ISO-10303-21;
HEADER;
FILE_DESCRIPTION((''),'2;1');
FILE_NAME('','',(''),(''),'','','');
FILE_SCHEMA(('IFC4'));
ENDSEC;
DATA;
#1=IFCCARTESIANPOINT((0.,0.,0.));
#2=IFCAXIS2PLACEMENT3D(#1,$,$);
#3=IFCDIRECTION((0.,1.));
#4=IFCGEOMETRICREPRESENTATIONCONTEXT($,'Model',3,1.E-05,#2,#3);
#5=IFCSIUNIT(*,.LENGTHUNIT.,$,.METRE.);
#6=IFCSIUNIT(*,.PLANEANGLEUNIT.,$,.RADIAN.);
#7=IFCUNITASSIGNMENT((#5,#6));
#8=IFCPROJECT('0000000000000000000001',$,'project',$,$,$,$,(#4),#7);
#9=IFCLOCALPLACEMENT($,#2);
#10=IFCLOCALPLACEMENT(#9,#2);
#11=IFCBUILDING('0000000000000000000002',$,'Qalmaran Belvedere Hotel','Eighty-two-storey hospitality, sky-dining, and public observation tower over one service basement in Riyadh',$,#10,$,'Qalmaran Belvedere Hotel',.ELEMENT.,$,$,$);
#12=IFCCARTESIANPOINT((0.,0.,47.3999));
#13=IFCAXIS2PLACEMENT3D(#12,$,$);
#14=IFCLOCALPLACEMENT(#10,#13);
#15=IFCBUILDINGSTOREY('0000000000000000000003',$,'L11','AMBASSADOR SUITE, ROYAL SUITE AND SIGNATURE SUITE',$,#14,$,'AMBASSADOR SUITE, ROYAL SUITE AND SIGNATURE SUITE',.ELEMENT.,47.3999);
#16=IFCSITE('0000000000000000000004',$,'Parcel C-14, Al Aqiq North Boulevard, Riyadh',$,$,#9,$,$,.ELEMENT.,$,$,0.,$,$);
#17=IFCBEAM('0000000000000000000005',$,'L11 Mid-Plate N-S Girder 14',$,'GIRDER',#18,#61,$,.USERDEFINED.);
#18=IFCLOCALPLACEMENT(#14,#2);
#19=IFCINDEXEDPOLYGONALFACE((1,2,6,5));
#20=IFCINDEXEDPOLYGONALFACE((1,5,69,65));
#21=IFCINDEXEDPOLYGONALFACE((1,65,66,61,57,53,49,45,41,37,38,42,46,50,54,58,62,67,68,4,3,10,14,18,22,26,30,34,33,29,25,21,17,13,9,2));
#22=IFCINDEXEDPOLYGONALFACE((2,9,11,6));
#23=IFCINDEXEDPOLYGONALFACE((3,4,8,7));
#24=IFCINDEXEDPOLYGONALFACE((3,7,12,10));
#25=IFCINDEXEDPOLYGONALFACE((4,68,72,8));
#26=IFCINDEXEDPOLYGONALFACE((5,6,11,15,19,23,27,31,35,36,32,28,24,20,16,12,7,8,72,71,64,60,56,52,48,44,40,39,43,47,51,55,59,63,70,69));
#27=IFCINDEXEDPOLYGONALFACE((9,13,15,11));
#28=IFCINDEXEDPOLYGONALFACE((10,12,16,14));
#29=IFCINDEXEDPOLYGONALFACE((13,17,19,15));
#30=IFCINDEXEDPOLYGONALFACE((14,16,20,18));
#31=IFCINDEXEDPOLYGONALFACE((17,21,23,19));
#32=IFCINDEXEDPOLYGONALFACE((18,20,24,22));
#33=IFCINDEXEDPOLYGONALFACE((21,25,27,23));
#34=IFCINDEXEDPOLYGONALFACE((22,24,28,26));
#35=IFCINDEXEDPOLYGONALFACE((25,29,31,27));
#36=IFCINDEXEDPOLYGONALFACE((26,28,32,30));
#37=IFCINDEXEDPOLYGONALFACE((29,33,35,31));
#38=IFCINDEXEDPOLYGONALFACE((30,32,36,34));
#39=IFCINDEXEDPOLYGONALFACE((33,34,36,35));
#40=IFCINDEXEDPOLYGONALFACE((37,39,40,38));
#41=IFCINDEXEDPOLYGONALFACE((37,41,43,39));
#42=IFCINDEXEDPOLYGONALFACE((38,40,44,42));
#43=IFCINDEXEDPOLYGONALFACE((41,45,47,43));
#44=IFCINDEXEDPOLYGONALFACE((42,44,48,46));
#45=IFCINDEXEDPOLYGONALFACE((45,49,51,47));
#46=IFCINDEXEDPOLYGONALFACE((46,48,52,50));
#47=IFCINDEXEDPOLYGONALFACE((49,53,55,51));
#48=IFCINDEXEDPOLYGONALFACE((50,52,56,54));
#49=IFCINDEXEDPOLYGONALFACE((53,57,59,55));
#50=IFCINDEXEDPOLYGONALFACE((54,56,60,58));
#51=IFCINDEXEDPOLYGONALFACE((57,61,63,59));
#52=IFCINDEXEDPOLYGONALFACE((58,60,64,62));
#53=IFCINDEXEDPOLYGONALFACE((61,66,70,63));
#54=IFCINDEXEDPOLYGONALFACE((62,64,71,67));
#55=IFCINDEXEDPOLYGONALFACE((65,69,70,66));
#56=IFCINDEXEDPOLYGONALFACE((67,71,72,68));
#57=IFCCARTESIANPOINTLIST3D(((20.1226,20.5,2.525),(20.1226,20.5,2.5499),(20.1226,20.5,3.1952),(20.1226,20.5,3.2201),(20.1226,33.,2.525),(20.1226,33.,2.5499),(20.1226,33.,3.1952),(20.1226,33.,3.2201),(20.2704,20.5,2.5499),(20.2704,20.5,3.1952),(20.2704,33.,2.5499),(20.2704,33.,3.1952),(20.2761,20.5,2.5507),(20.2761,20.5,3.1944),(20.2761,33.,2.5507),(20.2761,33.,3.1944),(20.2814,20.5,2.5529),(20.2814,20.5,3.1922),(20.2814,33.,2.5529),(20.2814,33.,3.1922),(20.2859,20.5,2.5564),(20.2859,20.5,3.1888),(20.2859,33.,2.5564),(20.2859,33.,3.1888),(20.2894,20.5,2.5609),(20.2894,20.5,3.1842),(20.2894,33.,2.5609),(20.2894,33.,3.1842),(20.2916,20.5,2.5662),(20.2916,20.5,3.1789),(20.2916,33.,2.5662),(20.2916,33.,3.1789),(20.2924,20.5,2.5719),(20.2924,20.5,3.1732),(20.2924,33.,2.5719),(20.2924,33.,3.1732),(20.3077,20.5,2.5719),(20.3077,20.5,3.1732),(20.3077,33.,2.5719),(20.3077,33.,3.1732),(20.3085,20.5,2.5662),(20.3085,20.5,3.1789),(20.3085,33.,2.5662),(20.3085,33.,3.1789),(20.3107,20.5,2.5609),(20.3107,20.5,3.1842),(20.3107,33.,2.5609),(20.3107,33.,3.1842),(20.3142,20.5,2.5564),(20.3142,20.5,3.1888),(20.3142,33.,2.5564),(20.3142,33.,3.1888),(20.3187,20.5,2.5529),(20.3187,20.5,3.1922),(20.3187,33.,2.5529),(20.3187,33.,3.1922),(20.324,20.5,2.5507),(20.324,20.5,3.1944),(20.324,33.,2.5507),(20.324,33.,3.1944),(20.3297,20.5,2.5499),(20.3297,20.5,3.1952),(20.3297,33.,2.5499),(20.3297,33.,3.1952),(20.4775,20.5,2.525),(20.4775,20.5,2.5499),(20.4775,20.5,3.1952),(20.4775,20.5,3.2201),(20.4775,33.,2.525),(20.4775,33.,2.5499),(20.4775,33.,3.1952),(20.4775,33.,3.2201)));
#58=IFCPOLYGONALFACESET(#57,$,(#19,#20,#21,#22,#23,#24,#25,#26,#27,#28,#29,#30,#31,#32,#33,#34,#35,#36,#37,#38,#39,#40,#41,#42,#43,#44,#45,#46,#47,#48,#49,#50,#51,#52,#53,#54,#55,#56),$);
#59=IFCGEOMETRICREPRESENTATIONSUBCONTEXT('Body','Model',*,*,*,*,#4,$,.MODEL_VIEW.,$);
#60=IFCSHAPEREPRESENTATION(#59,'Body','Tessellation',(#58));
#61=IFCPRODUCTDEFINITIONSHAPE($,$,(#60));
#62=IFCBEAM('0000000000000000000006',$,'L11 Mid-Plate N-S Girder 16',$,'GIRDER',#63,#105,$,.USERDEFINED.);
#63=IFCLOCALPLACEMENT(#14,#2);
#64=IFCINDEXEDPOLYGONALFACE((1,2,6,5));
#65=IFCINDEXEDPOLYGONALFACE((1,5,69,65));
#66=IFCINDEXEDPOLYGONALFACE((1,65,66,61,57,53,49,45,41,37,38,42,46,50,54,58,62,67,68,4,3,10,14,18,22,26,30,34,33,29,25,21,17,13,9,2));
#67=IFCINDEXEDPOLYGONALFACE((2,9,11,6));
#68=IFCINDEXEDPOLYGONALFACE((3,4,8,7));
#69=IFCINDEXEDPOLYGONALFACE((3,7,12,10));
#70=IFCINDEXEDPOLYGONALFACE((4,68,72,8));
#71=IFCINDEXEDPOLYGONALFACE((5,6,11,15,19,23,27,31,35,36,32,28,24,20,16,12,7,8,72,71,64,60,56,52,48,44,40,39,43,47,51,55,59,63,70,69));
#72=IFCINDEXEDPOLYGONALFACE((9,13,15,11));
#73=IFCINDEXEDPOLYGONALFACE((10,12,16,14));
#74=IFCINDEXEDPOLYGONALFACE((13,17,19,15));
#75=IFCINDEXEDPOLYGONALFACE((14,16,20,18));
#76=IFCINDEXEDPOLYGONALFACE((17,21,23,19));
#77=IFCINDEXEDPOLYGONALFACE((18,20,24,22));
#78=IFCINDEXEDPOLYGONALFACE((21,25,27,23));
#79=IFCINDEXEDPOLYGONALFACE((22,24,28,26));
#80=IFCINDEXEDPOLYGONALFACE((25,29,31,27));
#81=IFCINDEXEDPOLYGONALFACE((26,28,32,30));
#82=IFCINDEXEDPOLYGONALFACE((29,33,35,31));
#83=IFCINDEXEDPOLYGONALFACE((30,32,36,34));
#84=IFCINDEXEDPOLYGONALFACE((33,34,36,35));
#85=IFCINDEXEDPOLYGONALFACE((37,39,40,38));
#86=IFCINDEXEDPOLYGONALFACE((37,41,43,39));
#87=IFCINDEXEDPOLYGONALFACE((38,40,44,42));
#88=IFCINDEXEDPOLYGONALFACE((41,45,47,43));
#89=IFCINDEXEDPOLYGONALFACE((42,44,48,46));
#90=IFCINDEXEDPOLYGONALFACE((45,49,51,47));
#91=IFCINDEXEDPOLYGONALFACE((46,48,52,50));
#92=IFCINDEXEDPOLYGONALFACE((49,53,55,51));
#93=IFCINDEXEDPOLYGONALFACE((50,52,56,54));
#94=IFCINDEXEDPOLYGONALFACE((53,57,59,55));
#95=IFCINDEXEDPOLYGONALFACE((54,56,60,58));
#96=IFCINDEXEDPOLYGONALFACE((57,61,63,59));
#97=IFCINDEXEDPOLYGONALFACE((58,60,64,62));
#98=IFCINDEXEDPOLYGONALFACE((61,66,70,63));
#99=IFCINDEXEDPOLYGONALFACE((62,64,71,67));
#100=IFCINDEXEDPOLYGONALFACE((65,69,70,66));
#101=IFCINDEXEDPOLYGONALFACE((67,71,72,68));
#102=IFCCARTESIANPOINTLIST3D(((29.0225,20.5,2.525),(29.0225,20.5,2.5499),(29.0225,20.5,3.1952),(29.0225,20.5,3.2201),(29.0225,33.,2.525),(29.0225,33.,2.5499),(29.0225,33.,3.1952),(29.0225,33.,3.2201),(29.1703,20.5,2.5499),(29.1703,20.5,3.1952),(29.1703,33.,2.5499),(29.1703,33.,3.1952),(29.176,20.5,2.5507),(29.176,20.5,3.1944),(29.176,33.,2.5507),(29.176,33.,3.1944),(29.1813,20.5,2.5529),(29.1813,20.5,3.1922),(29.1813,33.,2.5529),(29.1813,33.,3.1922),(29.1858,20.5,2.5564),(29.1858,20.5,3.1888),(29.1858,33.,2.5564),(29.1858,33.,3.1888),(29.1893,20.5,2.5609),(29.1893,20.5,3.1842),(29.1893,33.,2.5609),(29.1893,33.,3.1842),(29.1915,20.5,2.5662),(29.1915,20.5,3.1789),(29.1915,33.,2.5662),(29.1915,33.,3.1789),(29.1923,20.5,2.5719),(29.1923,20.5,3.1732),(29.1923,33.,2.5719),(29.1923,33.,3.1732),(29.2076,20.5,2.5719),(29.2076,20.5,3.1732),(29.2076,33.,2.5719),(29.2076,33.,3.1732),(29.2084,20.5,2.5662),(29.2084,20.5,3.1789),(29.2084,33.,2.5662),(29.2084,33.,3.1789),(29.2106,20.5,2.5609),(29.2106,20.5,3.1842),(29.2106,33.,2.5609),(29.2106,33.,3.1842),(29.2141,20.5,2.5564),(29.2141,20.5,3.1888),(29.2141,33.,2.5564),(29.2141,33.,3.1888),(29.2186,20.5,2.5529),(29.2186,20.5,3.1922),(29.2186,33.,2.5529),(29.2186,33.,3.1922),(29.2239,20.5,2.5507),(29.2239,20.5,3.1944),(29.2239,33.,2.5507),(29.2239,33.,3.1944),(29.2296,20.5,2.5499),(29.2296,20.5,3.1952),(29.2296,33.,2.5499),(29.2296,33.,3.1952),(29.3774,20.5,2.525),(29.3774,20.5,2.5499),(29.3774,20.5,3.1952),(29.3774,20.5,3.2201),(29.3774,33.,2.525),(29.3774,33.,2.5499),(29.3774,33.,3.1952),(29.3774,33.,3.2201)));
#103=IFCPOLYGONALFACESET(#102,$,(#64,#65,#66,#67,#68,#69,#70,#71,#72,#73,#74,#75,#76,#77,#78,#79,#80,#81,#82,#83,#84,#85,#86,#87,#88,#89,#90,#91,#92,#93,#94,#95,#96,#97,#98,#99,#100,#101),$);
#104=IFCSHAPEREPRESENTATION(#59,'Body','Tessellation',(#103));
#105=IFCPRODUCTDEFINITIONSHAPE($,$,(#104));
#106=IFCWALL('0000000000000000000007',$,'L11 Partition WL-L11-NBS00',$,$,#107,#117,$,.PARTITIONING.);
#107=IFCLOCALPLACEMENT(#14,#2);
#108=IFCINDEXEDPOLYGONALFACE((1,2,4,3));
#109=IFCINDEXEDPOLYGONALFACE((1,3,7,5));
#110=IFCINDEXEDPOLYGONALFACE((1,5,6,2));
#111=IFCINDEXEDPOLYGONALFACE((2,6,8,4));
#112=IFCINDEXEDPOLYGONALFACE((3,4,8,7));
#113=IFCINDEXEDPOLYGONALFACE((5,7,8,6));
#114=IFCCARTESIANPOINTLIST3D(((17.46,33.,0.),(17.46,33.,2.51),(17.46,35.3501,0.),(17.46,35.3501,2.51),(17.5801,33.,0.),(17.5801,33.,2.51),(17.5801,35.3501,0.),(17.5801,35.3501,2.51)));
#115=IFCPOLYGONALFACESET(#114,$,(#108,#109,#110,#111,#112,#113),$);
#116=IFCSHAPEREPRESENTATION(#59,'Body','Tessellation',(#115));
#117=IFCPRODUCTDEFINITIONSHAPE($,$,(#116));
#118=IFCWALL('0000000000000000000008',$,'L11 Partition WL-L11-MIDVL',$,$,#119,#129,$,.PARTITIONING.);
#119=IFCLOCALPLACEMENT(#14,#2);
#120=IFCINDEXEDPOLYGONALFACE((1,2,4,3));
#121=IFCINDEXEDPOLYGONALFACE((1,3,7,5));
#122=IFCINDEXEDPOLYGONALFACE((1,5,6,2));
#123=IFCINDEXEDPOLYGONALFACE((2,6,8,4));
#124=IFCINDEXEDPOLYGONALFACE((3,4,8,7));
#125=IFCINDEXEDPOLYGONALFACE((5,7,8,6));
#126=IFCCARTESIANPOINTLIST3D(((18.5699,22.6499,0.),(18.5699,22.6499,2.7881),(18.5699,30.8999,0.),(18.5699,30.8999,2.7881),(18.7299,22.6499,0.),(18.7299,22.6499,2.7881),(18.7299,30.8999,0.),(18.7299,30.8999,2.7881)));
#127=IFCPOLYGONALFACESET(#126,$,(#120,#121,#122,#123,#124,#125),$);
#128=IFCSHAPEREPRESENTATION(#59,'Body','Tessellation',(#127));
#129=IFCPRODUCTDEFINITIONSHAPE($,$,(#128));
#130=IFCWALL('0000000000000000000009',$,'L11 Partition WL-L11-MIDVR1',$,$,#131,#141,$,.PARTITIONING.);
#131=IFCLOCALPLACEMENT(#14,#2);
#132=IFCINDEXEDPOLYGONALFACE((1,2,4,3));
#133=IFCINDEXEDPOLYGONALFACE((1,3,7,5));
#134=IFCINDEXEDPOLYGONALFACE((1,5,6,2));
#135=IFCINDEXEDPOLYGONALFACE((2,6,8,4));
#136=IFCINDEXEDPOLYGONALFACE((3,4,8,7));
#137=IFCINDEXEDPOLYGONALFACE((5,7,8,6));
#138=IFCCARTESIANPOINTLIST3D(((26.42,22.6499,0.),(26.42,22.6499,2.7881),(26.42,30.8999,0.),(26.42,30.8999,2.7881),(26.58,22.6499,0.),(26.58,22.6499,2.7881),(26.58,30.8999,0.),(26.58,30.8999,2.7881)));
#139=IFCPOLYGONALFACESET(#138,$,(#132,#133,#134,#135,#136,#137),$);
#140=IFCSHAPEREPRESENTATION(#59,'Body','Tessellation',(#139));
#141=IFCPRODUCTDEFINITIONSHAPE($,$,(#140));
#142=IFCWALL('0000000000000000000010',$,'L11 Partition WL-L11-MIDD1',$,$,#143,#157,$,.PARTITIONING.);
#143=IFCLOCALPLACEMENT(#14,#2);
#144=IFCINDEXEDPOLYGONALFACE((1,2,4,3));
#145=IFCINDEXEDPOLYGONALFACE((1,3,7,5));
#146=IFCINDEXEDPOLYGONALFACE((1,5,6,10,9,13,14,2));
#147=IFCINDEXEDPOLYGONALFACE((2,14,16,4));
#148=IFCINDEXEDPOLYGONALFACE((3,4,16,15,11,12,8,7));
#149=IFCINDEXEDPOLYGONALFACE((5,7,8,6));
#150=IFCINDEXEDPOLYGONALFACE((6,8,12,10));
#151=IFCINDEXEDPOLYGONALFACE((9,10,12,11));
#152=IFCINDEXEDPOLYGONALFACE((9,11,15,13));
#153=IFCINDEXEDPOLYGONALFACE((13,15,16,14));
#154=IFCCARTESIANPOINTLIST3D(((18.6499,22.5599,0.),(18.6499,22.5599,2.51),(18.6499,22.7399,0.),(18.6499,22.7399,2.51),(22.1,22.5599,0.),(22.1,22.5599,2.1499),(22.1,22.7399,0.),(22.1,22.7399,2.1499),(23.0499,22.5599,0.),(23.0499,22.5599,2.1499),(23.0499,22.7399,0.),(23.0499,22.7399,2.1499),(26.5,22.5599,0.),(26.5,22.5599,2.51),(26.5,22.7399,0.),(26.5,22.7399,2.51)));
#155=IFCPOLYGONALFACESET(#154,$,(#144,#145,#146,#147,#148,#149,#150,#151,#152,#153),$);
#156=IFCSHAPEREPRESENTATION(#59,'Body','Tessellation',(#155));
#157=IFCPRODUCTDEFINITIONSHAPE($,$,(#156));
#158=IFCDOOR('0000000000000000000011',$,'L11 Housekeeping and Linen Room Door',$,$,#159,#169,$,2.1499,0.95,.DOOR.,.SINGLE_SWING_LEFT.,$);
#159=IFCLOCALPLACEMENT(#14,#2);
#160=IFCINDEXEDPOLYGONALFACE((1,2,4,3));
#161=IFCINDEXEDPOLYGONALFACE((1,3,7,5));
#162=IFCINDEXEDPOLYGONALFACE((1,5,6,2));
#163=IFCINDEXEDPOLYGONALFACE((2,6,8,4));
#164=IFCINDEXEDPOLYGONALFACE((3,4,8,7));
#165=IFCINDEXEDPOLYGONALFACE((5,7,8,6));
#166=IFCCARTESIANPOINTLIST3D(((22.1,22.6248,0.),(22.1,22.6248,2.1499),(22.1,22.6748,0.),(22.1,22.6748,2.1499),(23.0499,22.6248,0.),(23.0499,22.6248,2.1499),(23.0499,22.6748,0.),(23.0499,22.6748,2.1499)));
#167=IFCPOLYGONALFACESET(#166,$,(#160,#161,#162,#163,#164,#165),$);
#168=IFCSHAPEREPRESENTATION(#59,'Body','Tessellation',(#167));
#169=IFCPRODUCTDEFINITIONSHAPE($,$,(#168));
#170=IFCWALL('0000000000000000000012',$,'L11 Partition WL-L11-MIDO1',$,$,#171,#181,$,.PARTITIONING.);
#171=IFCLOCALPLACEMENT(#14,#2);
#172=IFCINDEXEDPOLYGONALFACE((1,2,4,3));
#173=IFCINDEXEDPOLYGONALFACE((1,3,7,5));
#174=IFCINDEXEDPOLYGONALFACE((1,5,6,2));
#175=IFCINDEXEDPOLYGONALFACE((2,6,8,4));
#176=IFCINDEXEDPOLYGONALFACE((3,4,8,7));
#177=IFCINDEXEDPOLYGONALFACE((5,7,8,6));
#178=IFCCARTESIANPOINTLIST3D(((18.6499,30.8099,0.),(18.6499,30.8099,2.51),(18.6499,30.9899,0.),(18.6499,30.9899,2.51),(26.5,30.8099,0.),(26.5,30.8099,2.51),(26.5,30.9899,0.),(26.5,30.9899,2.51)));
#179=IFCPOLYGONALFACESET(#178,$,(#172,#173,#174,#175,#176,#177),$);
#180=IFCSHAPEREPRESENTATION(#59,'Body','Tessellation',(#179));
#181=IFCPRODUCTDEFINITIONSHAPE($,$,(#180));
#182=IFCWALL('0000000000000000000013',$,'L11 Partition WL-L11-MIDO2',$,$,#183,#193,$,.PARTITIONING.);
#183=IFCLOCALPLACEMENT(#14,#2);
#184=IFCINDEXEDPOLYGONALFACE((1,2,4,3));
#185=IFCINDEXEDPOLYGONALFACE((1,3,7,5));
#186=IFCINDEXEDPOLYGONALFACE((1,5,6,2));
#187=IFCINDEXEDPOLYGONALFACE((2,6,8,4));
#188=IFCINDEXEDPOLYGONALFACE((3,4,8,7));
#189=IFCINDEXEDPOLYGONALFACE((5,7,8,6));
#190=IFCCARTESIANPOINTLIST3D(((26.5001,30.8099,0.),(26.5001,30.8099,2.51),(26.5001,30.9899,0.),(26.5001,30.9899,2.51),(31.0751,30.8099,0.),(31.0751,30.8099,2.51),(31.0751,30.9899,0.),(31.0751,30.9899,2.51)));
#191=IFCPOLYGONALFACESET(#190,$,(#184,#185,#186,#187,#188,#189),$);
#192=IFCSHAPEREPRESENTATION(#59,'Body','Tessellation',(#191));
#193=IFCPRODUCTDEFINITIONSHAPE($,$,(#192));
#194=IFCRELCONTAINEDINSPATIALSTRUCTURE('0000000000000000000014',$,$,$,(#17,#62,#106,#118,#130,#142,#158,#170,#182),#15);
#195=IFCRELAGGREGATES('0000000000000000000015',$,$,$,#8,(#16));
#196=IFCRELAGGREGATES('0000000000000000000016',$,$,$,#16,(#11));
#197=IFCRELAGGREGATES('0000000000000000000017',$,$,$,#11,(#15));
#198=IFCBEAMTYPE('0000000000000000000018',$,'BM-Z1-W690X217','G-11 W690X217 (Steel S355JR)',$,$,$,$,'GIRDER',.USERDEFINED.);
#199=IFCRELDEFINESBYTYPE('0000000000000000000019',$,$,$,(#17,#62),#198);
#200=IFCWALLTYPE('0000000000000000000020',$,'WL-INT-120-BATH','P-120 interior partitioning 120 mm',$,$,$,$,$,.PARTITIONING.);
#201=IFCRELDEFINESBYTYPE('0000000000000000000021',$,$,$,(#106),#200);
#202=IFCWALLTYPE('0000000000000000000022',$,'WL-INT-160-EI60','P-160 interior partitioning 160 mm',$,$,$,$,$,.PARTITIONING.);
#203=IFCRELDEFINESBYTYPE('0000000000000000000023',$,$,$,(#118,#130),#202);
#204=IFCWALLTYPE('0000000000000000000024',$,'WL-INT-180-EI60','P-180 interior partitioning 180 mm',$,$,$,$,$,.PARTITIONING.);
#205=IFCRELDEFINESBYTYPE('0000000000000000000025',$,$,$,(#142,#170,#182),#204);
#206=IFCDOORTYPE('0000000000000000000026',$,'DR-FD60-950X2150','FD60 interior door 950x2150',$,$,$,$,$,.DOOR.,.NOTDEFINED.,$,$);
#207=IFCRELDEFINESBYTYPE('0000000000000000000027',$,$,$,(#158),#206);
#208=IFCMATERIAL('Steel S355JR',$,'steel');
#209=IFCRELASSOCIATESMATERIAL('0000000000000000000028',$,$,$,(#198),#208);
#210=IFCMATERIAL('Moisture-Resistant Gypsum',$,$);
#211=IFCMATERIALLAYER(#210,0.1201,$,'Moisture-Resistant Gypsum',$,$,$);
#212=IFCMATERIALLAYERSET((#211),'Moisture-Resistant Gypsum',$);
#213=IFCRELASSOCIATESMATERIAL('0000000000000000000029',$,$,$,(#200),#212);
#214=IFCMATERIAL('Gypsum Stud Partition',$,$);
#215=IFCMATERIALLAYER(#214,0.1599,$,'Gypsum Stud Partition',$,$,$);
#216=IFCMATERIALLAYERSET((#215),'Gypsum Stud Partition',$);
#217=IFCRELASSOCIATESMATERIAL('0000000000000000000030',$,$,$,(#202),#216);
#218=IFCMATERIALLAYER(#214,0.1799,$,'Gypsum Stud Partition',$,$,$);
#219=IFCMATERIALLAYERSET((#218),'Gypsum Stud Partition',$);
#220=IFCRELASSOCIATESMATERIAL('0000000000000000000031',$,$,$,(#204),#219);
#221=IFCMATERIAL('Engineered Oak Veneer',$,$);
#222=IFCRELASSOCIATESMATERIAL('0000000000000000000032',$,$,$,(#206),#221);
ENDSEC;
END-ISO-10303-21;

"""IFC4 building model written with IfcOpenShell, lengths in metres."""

from ifc_helpers import new_model, si_unit, direction, frame, frame_2d, origin, origin_2d, place, context, subcontext, project, spatial, rectangle, i_section, extrude, material, layer, layer_set, material_profile, profile_set, type_object, element, fill, save


model = new_model("IFC4")

# Units and contexts
model_context = context("Model", 3, precision=1e-05, world=origin(), true_north=direction((0.0, 1.0)))
body_context = subcontext(model_context, "Body", "Model", "MODEL_VIEW")
ifc_project = project(units=[si_unit("LENGTHUNIT", "METRE"), si_unit("PLANEANGLEUNIT", "RADIAN")], contexts=[model_context])

# Site, building, storey
site_placement = place(None, origin())
site = spatial("IfcSite", under=ifc_project, at=site_placement, Name="Parcel C-14, Al Aqiq North Boulevard, Riyadh", CompositionType="ELEMENT", RefElevation=0.0)
building_placement = place(site_placement, origin())
building = spatial("IfcBuilding", under=site, at=building_placement, Name="Qalmaran Belvedere Hotel", Description="Eighty-two-storey hospitality, sky-dining, and public observation tower over one service basement in Riyadh", LongName="Qalmaran Belvedere Hotel", CompositionType="ELEMENT")
storey_placement = place(building_placement, frame((0.0, 0.0, 47.3999)))
storey = spatial("IfcBuildingStorey", under=building, at=storey_placement, Name="L11", Description="AMBASSADOR SUITE, ROYAL SUITE AND SIGNATURE SUITE", LongName="AMBASSADOR SUITE, ROYAL SUITE AND SIGNATURE SUITE", CompositionType="ELEMENT", Elevation=47.3999)

# Beams
ifc_material_1 = material(Name="Steel S355JR", Category="steel")
ifc_material_profile_1 = material_profile(ifc_material_1, i_section(OverallWidth=0.355, OverallDepth=0.6951, WebThickness=0.0154, FlangeThickness=0.0249, FilletRadius=0.022, at=origin_2d()), Name="W690X217")
ifc_profile_set_1 = profile_set([ifc_material_profile_1], Name="Steel S355JR")
beam_type_1 = type_object("IfcBeamType", Name="BM-Z1-W690X217", Description="G-11 W690X217 (Steel S355JR)", ElementType="GIRDER", PredefinedType="USERDEFINED", material=ifc_profile_set_1)
for number, where, z_axis, x_axis, name in (
    (1, (20.3, 20.5, 2.8726), (0.0, 1.0, 0.0), (-1.0, 0.0, 0.0), "L11 Mid-Plate N-S Girder 14"),
    (2, (29.2, 20.5, 2.8726), (0.0, 1.0, 0.0), (-1.0, 0.0, 0.0), "L11 Mid-Plate N-S Girder 16"),
):
    element("IfcBeam", number, at=place(storey_placement, frame(where, z_axis=z_axis, x_axis=x_axis)), inside=storey, type_object=beam_type_1, Name=name, ObjectType="GIRDER", PredefinedType="USERDEFINED", context=body_context, shape_type="SweptSolid", body=[
        extrude(i_section(OverallWidth=0.355, OverallDepth=0.6951, WebThickness=0.0154, FlangeThickness=0.0249, FilletRadius=0.022, at=origin_2d()), origin(), (0.0, 0.0, 1.0), 12.5),
    ])

# Wall
ifc_material_2 = material(Name="Moisture-Resistant Gypsum")
ifc_layer_1 = layer(ifc_material_2, 0.1201, Name="Moisture-Resistant Gypsum")
ifc_layer_set_1 = layer_set([ifc_layer_1], Name="Moisture-Resistant Gypsum")
wall_type_1 = type_object("IfcWallType", Name="WL-INT-120-BATH", Description="P-120 interior partitioning 120 mm", PredefinedType="PARTITIONING", material=ifc_layer_set_1)
wall_1_placement = place(storey_placement, frame((17.52, 33.0, 0.0), z_axis=(0.0, 0.0, 1.0), x_axis=(0.0, 1.0, 0.0)))
element("IfcWall", 3, at=wall_1_placement, inside=storey, type_object=wall_type_1, Name="L11 Partition WL-L11-NBS00", PredefinedType="PARTITIONING", context=body_context, shape_type="SweptSolid", body=[
    extrude(rectangle(XDim=2.3501, YDim=0.1201, at=frame_2d((1.175, 0.0))), origin(), (0.0, 0.0, 1.0), 2.51),
])

# Shared definitions
ifc_material_3 = material(Name="Gypsum Stud Partition")

# Walls
ifc_layer_2 = layer(ifc_material_3, 0.1599, Name="Gypsum Stud Partition")
ifc_layer_set_2 = layer_set([ifc_layer_2], Name="Gypsum Stud Partition")
wall_type_2 = type_object("IfcWallType", Name="WL-INT-160-EI60", Description="P-160 interior partitioning 160 mm", PredefinedType="PARTITIONING", material=ifc_layer_set_2)
for number, where, z_axis, x_axis, name in (
    (4, (18.6499, 22.6499, 0.0), (0.0, 0.0, 1.0), (0.0, 1.0, 0.0), "L11 Partition WL-L11-MIDVL"),
    (5, (26.5, 22.6499, 0.0), (0.0, 0.0, 1.0), (0.0, 1.0, 0.0), "L11 Partition WL-L11-MIDVR1"),
):
    element("IfcWall", number, at=place(storey_placement, frame(where, z_axis=z_axis, x_axis=x_axis)), inside=storey, type_object=wall_type_2, Name=name, PredefinedType="PARTITIONING", context=body_context, shape_type="SweptSolid", body=[
        extrude(rectangle(XDim=8.25, YDim=0.1599, at=frame_2d((4.125, 0.0))), origin(), (0.0, 0.0, 1.0), 2.7881),
    ])

# Wall, opening, door
ifc_layer_3 = layer(ifc_material_3, 0.1799, Name="Gypsum Stud Partition")
ifc_layer_set_3 = layer_set([ifc_layer_3], Name="Gypsum Stud Partition")
wall_type_3 = type_object("IfcWallType", Name="WL-INT-180-EI60", Description="P-180 interior partitioning 180 mm", PredefinedType="PARTITIONING", material=ifc_layer_set_3)
wall_2_placement = place(storey_placement, frame((18.6499, 22.6499, 0.0), z_axis=(0.0, 0.0, 1.0), x_axis=(1.0, 0.0, 0.0)))
wall_2 = element("IfcWall", 6, at=wall_2_placement, inside=storey, type_object=wall_type_3, Name="L11 Partition WL-L11-MIDD1", PredefinedType="PARTITIONING", context=body_context, shape_type="SweptSolid", body=[
    extrude(rectangle(XDim=7.8501, YDim=0.1799, at=frame_2d((3.925, 0.0))), origin(), (0.0, 0.0, 1.0), 2.51),
])
opening_1_placement = place(wall_2_placement, frame((3.45, 0.0, 0.0)))
opening_1 = element("IfcOpeningElement", 7, at=opening_1_placement, cuts=wall_2, PredefinedType="OPENING", context=body_context, shape_type="SweptSolid", body=[
    extrude(rectangle(XDim=0.95, YDim=2.1499, at=frame_2d((0.4751, 1.075))), frame((0.0, 0.1001, 0.0), z_axis=(0.0, -1.0, 0.0), x_axis=(1.0, 0.0, 0.0)), (0.0, 0.0, 1.0), 0.2),
])
ifc_material_4 = material(Name="Engineered Oak Veneer")
door_type_1 = type_object("IfcDoorType", Name="DR-FD60-950X2150", Description="FD60 interior door 950x2150", OperationType="NOTDEFINED", PredefinedType="DOOR", material=ifc_material_4)
door_1_placement = place(opening_1_placement, origin())
door_1 = element("IfcDoor", 8, at=door_1_placement, inside=storey, type_object=door_type_1, Name="L11 Housekeeping and Linen Room Door", OperationType="SINGLE_SWING_LEFT", OverallHeight=2.1499, OverallWidth=0.95, PredefinedType="DOOR", context=body_context, shape_type="SweptSolid", body=[
    extrude(rectangle(XDim=0.95, YDim=2.1499, at=frame_2d((0.4751, 1.075))), frame((0.0, 0.0249, 0.0), z_axis=(0.0, -1.0, 0.0), x_axis=(1.0, 0.0, 0.0)), (0.0, 0.0, 1.0), 0.05),
])
fill(opening_1, door_1)

# Wall
wall_3_placement = place(storey_placement, frame((18.6499, 30.8999, 0.0), z_axis=(0.0, 0.0, 1.0), x_axis=(1.0, 0.0, 0.0)))
element("IfcWall", 9, at=wall_3_placement, inside=storey, type_object=wall_type_3, Name="L11 Partition WL-L11-MIDO1", PredefinedType="PARTITIONING", context=body_context, shape_type="SweptSolid", body=[
    extrude(rectangle(XDim=7.8501, YDim=0.1799, at=frame_2d((3.925, 0.0))), origin(), (0.0, 0.0, 1.0), 2.51),
])

# Wall
wall_4_placement = place(storey_placement, frame((26.5, 30.8999, 0.0), z_axis=(0.0, 0.0, 1.0), x_axis=(1.0, 0.0, 0.0)))
element("IfcWall", 10, at=wall_4_placement, inside=storey, type_object=wall_type_3, Name="L11 Partition WL-L11-MIDO2", PredefinedType="PARTITIONING", context=body_context, shape_type="SweptSolid", body=[
    extrude(rectangle(XDim=4.575, YDim=0.1799, at=frame_2d((2.2876, 0.0))), origin(), (0.0, 0.0, 1.0), 2.51),
])

save(model, "model.ifc")
